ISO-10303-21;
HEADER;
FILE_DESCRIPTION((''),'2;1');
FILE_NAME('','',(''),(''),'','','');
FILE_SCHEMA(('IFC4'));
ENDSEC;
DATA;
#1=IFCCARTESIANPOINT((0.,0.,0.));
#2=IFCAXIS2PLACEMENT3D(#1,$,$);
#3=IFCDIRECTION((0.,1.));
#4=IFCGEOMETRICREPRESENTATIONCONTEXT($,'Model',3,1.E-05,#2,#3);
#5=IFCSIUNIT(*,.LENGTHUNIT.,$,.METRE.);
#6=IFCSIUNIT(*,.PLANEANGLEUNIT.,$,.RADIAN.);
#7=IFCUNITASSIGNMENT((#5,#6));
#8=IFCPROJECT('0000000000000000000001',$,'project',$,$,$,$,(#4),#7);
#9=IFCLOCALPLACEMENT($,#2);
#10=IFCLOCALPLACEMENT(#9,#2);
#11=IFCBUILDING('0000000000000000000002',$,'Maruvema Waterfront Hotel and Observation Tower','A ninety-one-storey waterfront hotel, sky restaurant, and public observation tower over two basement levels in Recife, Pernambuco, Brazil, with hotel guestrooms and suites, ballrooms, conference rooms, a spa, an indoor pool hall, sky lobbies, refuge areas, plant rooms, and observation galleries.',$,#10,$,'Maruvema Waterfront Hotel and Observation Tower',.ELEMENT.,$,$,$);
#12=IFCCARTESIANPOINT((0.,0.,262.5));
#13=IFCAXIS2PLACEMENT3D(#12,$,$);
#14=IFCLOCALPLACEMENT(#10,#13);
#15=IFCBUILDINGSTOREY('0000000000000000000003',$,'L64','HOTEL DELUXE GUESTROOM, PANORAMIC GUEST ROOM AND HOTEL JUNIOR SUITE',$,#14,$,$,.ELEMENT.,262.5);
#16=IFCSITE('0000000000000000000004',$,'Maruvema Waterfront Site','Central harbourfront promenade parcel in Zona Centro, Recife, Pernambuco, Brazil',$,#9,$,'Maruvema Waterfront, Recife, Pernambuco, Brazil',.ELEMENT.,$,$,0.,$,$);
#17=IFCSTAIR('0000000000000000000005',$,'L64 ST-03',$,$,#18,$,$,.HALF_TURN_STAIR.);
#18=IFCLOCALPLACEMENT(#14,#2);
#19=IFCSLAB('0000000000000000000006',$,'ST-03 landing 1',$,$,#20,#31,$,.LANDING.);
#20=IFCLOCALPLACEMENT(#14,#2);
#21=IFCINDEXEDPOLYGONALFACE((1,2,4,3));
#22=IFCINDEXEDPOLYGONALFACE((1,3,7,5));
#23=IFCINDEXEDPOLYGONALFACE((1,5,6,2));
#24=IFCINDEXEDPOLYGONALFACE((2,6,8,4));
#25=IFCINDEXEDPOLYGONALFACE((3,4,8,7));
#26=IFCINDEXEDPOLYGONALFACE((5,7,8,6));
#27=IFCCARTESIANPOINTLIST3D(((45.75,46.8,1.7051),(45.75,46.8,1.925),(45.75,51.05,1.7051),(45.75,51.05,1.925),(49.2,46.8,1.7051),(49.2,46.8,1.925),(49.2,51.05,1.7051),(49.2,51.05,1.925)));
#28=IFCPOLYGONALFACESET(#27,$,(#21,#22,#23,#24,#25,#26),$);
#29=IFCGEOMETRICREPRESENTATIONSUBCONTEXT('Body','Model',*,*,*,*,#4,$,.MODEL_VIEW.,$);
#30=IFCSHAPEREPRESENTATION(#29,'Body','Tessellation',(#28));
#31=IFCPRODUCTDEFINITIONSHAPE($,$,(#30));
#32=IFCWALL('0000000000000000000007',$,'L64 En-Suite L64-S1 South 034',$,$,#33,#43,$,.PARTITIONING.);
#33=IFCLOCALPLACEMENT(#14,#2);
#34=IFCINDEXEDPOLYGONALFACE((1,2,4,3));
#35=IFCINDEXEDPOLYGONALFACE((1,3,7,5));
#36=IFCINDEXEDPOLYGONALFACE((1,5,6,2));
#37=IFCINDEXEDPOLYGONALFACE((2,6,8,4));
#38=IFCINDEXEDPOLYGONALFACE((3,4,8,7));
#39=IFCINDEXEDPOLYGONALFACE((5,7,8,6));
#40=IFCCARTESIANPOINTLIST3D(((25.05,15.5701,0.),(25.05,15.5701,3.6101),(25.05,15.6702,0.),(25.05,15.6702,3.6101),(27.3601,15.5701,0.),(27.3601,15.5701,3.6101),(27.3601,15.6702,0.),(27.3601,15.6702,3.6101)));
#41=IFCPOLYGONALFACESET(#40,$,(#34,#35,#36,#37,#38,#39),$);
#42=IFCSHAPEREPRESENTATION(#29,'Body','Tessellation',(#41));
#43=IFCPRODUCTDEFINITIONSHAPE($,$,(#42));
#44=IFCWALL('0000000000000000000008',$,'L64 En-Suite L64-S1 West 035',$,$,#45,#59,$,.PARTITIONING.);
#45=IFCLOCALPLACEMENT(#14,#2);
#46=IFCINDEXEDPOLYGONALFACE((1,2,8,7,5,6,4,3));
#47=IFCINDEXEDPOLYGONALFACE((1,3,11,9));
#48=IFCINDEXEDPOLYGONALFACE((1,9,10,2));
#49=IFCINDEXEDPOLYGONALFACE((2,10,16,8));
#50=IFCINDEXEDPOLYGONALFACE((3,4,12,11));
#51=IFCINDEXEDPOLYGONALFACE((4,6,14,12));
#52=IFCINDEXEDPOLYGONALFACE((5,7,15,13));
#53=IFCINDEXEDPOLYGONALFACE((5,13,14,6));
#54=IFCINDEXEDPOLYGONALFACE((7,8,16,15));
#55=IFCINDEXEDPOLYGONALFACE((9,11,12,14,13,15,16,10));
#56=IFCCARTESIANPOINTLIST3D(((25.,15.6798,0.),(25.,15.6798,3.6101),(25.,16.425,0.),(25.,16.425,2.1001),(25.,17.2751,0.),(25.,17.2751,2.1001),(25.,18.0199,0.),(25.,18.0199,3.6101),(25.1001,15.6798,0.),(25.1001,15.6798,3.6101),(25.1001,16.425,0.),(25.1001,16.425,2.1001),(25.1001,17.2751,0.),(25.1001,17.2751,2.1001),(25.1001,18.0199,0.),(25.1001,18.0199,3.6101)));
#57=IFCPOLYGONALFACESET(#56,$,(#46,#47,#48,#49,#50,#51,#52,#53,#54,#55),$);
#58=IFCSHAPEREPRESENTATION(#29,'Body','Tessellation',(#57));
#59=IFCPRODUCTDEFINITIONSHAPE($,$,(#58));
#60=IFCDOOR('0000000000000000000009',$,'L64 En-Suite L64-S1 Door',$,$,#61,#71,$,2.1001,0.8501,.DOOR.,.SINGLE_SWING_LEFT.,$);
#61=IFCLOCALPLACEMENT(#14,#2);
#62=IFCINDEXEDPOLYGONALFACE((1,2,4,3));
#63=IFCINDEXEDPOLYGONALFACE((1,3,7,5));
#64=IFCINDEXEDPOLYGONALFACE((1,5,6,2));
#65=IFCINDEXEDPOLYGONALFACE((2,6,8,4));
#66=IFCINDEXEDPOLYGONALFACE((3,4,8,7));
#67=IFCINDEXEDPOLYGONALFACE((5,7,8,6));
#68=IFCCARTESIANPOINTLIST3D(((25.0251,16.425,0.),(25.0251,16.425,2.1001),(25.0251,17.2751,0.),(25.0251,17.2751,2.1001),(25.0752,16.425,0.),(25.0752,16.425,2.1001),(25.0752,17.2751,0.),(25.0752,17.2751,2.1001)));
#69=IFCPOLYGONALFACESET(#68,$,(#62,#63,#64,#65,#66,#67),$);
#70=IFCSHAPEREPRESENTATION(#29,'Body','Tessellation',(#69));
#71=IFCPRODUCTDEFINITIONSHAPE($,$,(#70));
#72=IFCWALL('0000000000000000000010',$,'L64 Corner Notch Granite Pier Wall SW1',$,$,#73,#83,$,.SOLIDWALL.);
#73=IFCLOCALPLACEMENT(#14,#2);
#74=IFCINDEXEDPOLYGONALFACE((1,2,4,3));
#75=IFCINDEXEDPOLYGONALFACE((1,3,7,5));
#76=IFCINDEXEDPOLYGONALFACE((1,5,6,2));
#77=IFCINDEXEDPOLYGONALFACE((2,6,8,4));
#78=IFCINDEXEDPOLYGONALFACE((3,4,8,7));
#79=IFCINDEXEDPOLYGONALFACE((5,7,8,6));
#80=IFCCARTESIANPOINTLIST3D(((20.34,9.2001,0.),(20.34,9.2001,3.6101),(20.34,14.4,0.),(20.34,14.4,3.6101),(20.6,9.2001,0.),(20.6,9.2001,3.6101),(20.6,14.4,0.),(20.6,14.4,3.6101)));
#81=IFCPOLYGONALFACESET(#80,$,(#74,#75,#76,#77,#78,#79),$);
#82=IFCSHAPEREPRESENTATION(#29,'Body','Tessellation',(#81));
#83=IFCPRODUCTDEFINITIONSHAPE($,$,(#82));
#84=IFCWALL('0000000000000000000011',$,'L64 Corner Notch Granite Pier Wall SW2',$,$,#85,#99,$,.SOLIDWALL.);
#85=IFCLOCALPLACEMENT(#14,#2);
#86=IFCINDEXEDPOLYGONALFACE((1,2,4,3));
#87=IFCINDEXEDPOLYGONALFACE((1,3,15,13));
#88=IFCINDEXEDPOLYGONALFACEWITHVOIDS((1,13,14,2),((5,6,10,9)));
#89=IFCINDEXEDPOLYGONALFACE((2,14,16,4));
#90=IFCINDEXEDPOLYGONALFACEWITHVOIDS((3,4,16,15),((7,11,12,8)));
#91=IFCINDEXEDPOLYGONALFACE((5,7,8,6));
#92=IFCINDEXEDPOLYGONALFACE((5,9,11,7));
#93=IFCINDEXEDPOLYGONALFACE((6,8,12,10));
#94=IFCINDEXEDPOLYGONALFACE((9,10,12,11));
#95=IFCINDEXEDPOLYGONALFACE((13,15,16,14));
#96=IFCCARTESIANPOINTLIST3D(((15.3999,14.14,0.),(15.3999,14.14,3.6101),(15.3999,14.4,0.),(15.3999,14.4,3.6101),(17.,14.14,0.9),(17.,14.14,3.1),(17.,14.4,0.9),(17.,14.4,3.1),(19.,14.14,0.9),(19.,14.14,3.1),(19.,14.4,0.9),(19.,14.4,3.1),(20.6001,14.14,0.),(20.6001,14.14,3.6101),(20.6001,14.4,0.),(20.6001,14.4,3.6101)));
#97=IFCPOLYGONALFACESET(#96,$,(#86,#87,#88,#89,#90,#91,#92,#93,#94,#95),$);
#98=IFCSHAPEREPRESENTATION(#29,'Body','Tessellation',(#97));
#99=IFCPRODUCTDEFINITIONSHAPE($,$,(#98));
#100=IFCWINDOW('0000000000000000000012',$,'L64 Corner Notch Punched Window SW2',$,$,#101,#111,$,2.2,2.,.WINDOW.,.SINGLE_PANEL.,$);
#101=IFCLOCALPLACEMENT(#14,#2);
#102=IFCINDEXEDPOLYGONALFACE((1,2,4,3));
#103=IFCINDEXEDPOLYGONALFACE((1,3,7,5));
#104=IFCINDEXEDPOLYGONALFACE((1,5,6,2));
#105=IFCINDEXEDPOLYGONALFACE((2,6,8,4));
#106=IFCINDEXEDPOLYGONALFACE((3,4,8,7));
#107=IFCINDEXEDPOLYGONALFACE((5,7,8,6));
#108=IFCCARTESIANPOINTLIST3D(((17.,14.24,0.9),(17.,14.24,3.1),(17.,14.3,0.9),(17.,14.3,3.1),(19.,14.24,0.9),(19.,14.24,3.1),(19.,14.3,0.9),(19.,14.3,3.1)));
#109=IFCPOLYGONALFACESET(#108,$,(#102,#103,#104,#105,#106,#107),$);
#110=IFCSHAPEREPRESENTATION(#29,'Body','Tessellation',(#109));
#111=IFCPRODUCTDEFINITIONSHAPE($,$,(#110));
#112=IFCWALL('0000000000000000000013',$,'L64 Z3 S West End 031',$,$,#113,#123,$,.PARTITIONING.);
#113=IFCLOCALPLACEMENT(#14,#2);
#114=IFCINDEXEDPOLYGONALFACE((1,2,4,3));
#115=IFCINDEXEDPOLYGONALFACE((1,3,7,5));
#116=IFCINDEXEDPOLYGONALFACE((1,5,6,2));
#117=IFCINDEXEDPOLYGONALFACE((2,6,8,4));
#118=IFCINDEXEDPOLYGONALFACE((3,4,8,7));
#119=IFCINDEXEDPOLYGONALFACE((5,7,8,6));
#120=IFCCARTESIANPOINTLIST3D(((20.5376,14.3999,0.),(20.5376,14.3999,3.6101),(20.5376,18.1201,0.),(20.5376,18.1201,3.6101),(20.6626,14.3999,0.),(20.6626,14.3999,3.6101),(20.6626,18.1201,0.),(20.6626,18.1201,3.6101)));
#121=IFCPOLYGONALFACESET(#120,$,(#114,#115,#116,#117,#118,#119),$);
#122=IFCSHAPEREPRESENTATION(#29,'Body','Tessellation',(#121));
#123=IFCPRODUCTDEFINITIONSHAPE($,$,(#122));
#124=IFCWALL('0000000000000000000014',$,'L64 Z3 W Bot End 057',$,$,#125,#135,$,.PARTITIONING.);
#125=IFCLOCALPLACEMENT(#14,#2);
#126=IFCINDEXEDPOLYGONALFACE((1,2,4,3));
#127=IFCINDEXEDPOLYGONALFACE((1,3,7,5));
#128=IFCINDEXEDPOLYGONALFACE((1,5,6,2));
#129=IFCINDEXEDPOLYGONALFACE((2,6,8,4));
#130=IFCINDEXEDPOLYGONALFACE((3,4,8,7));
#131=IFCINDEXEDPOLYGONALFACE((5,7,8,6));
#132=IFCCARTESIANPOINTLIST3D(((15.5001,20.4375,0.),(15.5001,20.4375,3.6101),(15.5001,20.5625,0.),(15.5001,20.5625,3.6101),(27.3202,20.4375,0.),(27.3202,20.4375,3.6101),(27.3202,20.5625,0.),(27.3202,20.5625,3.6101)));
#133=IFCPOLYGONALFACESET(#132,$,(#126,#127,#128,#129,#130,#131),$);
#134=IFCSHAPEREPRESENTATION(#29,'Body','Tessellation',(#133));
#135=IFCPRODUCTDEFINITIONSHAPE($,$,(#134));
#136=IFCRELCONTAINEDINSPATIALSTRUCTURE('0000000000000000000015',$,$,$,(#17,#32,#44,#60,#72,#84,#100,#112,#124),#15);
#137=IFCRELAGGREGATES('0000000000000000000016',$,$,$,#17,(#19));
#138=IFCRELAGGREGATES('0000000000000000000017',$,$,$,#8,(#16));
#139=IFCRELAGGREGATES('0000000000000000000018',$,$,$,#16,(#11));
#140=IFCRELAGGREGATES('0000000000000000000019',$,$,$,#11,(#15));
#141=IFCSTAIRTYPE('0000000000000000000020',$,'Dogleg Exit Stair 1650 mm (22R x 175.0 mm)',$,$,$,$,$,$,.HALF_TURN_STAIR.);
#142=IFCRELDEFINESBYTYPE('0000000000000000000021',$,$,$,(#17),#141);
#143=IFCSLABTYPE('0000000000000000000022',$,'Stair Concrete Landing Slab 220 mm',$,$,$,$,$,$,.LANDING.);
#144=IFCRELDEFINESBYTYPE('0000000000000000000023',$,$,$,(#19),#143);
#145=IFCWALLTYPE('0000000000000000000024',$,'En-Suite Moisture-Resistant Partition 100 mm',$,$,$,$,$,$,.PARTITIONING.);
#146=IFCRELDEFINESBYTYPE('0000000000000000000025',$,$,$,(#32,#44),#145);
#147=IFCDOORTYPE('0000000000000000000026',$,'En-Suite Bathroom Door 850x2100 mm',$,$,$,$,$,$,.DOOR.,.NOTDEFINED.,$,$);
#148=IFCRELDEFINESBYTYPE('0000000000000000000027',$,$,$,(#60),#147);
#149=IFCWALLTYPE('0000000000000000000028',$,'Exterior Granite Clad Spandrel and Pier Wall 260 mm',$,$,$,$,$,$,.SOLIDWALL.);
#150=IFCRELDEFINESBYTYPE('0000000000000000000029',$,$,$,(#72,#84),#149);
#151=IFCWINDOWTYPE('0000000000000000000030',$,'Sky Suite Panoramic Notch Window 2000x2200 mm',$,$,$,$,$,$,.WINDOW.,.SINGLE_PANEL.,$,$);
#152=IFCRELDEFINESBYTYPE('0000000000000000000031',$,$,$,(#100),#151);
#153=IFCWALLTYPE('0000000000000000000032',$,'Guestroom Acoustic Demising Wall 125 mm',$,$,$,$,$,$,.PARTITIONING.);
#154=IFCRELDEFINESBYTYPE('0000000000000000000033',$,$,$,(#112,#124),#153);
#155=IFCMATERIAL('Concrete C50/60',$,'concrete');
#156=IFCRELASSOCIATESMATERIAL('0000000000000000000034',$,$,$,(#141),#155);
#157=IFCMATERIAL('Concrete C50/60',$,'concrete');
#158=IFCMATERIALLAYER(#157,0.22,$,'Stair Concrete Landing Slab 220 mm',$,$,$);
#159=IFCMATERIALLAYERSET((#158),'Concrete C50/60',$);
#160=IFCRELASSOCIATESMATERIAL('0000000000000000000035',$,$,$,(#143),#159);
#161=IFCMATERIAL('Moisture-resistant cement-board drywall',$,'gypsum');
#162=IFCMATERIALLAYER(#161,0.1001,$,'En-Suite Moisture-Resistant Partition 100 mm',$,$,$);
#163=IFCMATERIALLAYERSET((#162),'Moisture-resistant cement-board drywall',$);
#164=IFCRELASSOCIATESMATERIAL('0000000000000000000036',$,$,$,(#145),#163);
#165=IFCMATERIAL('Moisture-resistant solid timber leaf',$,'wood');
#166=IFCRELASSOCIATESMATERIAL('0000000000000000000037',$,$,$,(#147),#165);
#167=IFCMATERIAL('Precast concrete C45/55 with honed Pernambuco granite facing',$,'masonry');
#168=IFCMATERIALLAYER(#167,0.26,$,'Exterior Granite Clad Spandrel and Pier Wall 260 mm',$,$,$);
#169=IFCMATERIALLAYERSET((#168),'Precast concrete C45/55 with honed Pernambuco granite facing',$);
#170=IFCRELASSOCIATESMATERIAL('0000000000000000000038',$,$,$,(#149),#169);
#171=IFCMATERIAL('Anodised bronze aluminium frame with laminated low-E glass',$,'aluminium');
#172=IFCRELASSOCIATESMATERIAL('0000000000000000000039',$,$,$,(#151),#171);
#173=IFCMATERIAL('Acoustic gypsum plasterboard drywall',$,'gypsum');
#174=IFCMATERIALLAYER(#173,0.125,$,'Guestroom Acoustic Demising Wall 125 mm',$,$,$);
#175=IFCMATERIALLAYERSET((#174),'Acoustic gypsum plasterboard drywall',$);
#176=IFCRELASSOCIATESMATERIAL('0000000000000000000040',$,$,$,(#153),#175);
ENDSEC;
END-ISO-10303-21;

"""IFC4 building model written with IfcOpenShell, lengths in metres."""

from ifc_helpers import new_model, si_unit, direction, frame, frame_2d, origin, place, context, subcontext, project, spatial, polyline, rectangle, outline, extrude, material, layer, layer_set, type_object, element, fill, aggregate, save


model = new_model("IFC4")

# Units and contexts
model_context = context("Model", 3, precision=1e-05, world=origin(), true_north=direction((0.0, 1.0)))
body_context = subcontext(model_context, "Body", "Model", "MODEL_VIEW")
ifc_project = project(units=[si_unit("LENGTHUNIT", "METRE"), si_unit("PLANEANGLEUNIT", "RADIAN")], contexts=[model_context])

# Site, building, storey
site_placement = place(None, origin())
site = spatial("IfcSite", under=ifc_project, at=site_placement, Name="Maruvema Waterfront Site", Description="Central harbourfront promenade parcel in Zona Centro, Recife, Pernambuco, Brazil", LongName="Maruvema Waterfront, Recife, Pernambuco, Brazil", CompositionType="ELEMENT", RefElevation=0.0)
building_placement = place(site_placement, origin())
building = spatial("IfcBuilding", under=site, at=building_placement, Name="Maruvema Waterfront Hotel and Observation Tower", Description="A ninety-one-storey waterfront hotel, sky restaurant, and public observation tower over two basement levels in Recife, Pernambuco, Brazil, with hotel guestrooms and suites, ballrooms, conference rooms, a spa, an indoor pool hall, sky lobbies, refuge areas, plant rooms, and observation galleries.", LongName="Maruvema Waterfront Hotel and Observation Tower", CompositionType="ELEMENT")
storey_placement = place(building_placement, frame((0.0, 0.0, 262.5)))
storey = spatial("IfcBuildingStorey", under=building, at=storey_placement, Name="L64", Description="HOTEL DELUXE GUESTROOM, PANORAMIC GUEST ROOM AND HOTEL JUNIOR SUITE", CompositionType="ELEMENT", Elevation=262.5)

# Stair, slab
ifc_material_1 = material(Name="Concrete C50/60", Category="concrete")
stair_type = type_object("IfcStairType", Name="Dogleg Exit Stair 1650 mm (22R x 175.0 mm)", PredefinedType="HALF_TURN_STAIR", material=ifc_material_1)
ifc_material_2 = material(Name="Concrete C50/60", Category="concrete")
ifc_layer_1 = layer(ifc_material_2, 0.22, Name="Stair Concrete Landing Slab 220 mm")
ifc_layer_set_1 = layer_set([ifc_layer_1], Name="Concrete C50/60")
slab_type_1 = type_object("IfcSlabType", Name="Stair Concrete Landing Slab 220 mm", PredefinedType="LANDING", material=ifc_layer_set_1)
stair_1_placement = place(storey_placement, origin())
stair_1 = element("IfcStair", 1, at=stair_1_placement, inside=storey, type_object=stair_type, Name="L64 ST-03", PredefinedType="HALF_TURN_STAIR")
slab_1_placement = place(storey_placement, frame((0.0, 0.0, 1.7051)))
slab_1 = element("IfcSlab", 2, at=slab_1_placement, type_object=slab_type_1, Name="ST-03 landing 1", PredefinedType="LANDING", context=body_context, shape_type="SweptSolid", body=[
    extrude(outline(polyline([(49.2, 46.8), (49.2, 51.05), (45.75, 51.05), (45.75, 46.8), (49.2, 46.8)])), origin(), (0.0, 0.0, 1.0), 0.22),
])
aggregate(stair_1, [slab_1])

# Wall
ifc_material_3 = material(Name="Moisture-resistant cement-board drywall", Category="gypsum")
ifc_layer_2 = layer(ifc_material_3, 0.1001, Name="En-Suite Moisture-Resistant Partition 100 mm")
ifc_layer_set_2 = layer_set([ifc_layer_2], Name="Moisture-resistant cement-board drywall")
wall_type_1 = type_object("IfcWallType", Name="En-Suite Moisture-Resistant Partition 100 mm", PredefinedType="PARTITIONING", material=ifc_layer_set_2)
wall_1_placement = place(storey_placement, frame((25.05, 15.6201, 0.0), z_axis=(0.0, 0.0, 1.0), x_axis=(1.0, 0.0, 0.0)))
element("IfcWall", 3, at=wall_1_placement, inside=storey, type_object=wall_type_1, Name="L64 En-Suite L64-S1 South 034", PredefinedType="PARTITIONING", context=body_context, shape_type="SweptSolid", body=[
    extrude(rectangle(XDim=2.3101, YDim=0.1001, at=frame_2d((1.155, 0.0))), origin(), (0.0, 0.0, 1.0), 3.6101),
])

# Wall, opening, door
wall_2_placement = place(storey_placement, frame((25.05, 15.6799, 0.0), z_axis=(0.0, 0.0, 1.0), x_axis=(0.0, 1.0, 0.0)))
wall_2 = element("IfcWall", 4, at=wall_2_placement, inside=storey, type_object=wall_type_1, Name="L64 En-Suite L64-S1 West 035", PredefinedType="PARTITIONING", context=body_context, shape_type="SweptSolid", body=[
    extrude(rectangle(XDim=2.3401, YDim=0.1001, at=frame_2d((1.1699, 0.0))), origin(), (0.0, 0.0, 1.0), 3.6101),
])
opening_1_placement = place(wall_2_placement, frame((0.7451, 0.0, 0.0)))
opening_1 = element("IfcOpeningElement", 5, at=opening_1_placement, cuts=wall_2, PredefinedType="OPENING", context=body_context, shape_type="SweptSolid", body=[
    extrude(rectangle(XDim=0.8501, YDim=2.1001, at=frame_2d((0.425, 1.05))), frame((0.0, 0.0601, 0.0), z_axis=(0.0, -1.0, 0.0), x_axis=(1.0, 0.0, 0.0)), (0.0, 0.0, 1.0), 0.1201),
])
ifc_material_4 = material(Name="Moisture-resistant solid timber leaf", Category="wood")
door_type_1 = type_object("IfcDoorType", Name="En-Suite Bathroom Door 850x2100 mm", OperationType="NOTDEFINED", PredefinedType="DOOR", material=ifc_material_4)
door_1_placement = place(opening_1_placement, origin())
door_1 = element("IfcDoor", 6, at=door_1_placement, inside=storey, type_object=door_type_1, Name="L64 En-Suite L64-S1 Door", OperationType="SINGLE_SWING_LEFT", OverallHeight=2.1001, OverallWidth=0.8501, PredefinedType="DOOR", context=body_context, shape_type="SweptSolid", body=[
    extrude(rectangle(XDim=0.8501, YDim=2.1001, at=frame_2d((0.425, 1.05))), frame((0.0, 0.0249, 0.0), z_axis=(0.0, -1.0, 0.0), x_axis=(1.0, 0.0, 0.0)), (0.0, 0.0, 1.0), 0.05),
])
fill(opening_1, door_1)

# Wall
ifc_material_5 = material(Name="Precast concrete C45/55 with honed Pernambuco granite facing", Category="masonry")
ifc_layer_3 = layer(ifc_material_5, 0.26, Name="Exterior Granite Clad Spandrel and Pier Wall 260 mm")
ifc_layer_set_3 = layer_set([ifc_layer_3], Name="Precast concrete C45/55 with honed Pernambuco granite facing")
wall_type_2 = type_object("IfcWallType", Name="Exterior Granite Clad Spandrel and Pier Wall 260 mm", PredefinedType="SOLIDWALL", material=ifc_layer_set_3)
wall_3_placement = place(storey_placement, frame((20.47, 9.2, 0.0), z_axis=(0.0, 0.0, 1.0), x_axis=(0.0, 1.0, 0.0)))
element("IfcWall", 7, at=wall_3_placement, inside=storey, type_object=wall_type_2, Name="L64 Corner Notch Granite Pier Wall SW1", PredefinedType="SOLIDWALL", context=body_context, shape_type="SweptSolid", body=[
    extrude(rectangle(XDim=5.2, YDim=0.26, at=frame_2d((2.6001, 0.0))), origin(), (0.0, 0.0, 1.0), 3.6101),
])

# Wall, opening, window
wall_4_placement = place(storey_placement, frame((20.6001, 14.27, 0.0), z_axis=(0.0, 0.0, 1.0), x_axis=(-1.0, 0.0, 0.0)))
wall_4 = element("IfcWall", 8, at=wall_4_placement, inside=storey, type_object=wall_type_2, Name="L64 Corner Notch Granite Pier Wall SW2", PredefinedType="SOLIDWALL", context=body_context, shape_type="SweptSolid", body=[
    extrude(rectangle(XDim=5.2002, YDim=0.26, at=frame_2d((2.6001, 0.0))), origin(), (0.0, 0.0, 1.0), 3.6101),
])
opening_2_placement = place(wall_4_placement, frame((1.6001, 0.0, 0.8999)))
opening_2 = element("IfcOpeningElement", 9, at=opening_2_placement, cuts=wall_4, PredefinedType="OPENING", context=body_context, shape_type="SweptSolid", body=[
    extrude(rectangle(XDim=2.0, YDim=2.2, at=frame_2d((1.0, 1.1001))), frame((0.0, 0.1401, 0.0), z_axis=(0.0, -1.0, 0.0), x_axis=(1.0, 0.0, 0.0)), (0.0, 0.0, 1.0), 0.28),
])
ifc_material_6 = material(Name="Anodised bronze aluminium frame with laminated low-E glass", Category="aluminium")
window_type = type_object("IfcWindowType", Name="Sky Suite Panoramic Notch Window 2000x2200 mm", PartitioningType="SINGLE_PANEL", PredefinedType="WINDOW", material=ifc_material_6)
window_placement = place(opening_2_placement, origin())
window = element("IfcWindow", 10, at=window_placement, inside=storey, type_object=window_type, Name="L64 Corner Notch Punched Window SW2", OverallHeight=2.2, OverallWidth=2.0, PartitioningType="SINGLE_PANEL", PredefinedType="WINDOW", context=body_context, shape_type="SweptSolid", body=[
    extrude(rectangle(XDim=2.0, YDim=2.2, at=frame_2d((1.0, 1.1001))), frame((0.0, 0.03, 0.0), z_axis=(0.0, -1.0, 0.0), x_axis=(1.0, 0.0, 0.0)), (0.0, 0.0, 1.0), 0.0601),
])
fill(opening_2, window)

# Walls
ifc_material_7 = material(Name="Acoustic gypsum plasterboard drywall", Category="gypsum")
ifc_layer_4 = layer(ifc_material_7, 0.125, Name="Guestroom Acoustic Demising Wall 125 mm")
ifc_layer_set_4 = layer_set([ifc_layer_4], Name="Acoustic gypsum plasterboard drywall")
wall_type_3 = type_object("IfcWallType", Name="Guestroom Acoustic Demising Wall 125 mm", PredefinedType="PARTITIONING", material=ifc_layer_set_4)
wall_5_placement = place(storey_placement, frame((20.6001, 14.3999, 0.0), z_axis=(0.0, 0.0, 1.0), x_axis=(0.0, 1.0, 0.0)))
element("IfcWall", 11, at=wall_5_placement, inside=storey, type_object=wall_type_3, Name="L64 Z3 S West End 031", PredefinedType="PARTITIONING", context=body_context, shape_type="SweptSolid", body=[
    extrude(rectangle(XDim=3.7202, YDim=0.125, at=frame_2d((1.8601, 0.0))), origin(), (0.0, 0.0, 1.0), 3.6101),
])
wall_6_placement = place(storey_placement, frame((15.5, 20.5, 0.0), z_axis=(0.0, 0.0, 1.0), x_axis=(1.0, 0.0, 0.0)))
element("IfcWall", 12, at=wall_6_placement, inside=storey, type_object=wall_type_3, Name="L64 Z3 W Bot End 057", PredefinedType="PARTITIONING", context=body_context, shape_type="SweptSolid", body=[
    extrude(rectangle(XDim=11.8201, YDim=0.125, at=frame_2d((5.9102, 0.0))), origin(), (0.0, 0.0, 1.0), 3.6101),
])

save(model, "model.ifc")
